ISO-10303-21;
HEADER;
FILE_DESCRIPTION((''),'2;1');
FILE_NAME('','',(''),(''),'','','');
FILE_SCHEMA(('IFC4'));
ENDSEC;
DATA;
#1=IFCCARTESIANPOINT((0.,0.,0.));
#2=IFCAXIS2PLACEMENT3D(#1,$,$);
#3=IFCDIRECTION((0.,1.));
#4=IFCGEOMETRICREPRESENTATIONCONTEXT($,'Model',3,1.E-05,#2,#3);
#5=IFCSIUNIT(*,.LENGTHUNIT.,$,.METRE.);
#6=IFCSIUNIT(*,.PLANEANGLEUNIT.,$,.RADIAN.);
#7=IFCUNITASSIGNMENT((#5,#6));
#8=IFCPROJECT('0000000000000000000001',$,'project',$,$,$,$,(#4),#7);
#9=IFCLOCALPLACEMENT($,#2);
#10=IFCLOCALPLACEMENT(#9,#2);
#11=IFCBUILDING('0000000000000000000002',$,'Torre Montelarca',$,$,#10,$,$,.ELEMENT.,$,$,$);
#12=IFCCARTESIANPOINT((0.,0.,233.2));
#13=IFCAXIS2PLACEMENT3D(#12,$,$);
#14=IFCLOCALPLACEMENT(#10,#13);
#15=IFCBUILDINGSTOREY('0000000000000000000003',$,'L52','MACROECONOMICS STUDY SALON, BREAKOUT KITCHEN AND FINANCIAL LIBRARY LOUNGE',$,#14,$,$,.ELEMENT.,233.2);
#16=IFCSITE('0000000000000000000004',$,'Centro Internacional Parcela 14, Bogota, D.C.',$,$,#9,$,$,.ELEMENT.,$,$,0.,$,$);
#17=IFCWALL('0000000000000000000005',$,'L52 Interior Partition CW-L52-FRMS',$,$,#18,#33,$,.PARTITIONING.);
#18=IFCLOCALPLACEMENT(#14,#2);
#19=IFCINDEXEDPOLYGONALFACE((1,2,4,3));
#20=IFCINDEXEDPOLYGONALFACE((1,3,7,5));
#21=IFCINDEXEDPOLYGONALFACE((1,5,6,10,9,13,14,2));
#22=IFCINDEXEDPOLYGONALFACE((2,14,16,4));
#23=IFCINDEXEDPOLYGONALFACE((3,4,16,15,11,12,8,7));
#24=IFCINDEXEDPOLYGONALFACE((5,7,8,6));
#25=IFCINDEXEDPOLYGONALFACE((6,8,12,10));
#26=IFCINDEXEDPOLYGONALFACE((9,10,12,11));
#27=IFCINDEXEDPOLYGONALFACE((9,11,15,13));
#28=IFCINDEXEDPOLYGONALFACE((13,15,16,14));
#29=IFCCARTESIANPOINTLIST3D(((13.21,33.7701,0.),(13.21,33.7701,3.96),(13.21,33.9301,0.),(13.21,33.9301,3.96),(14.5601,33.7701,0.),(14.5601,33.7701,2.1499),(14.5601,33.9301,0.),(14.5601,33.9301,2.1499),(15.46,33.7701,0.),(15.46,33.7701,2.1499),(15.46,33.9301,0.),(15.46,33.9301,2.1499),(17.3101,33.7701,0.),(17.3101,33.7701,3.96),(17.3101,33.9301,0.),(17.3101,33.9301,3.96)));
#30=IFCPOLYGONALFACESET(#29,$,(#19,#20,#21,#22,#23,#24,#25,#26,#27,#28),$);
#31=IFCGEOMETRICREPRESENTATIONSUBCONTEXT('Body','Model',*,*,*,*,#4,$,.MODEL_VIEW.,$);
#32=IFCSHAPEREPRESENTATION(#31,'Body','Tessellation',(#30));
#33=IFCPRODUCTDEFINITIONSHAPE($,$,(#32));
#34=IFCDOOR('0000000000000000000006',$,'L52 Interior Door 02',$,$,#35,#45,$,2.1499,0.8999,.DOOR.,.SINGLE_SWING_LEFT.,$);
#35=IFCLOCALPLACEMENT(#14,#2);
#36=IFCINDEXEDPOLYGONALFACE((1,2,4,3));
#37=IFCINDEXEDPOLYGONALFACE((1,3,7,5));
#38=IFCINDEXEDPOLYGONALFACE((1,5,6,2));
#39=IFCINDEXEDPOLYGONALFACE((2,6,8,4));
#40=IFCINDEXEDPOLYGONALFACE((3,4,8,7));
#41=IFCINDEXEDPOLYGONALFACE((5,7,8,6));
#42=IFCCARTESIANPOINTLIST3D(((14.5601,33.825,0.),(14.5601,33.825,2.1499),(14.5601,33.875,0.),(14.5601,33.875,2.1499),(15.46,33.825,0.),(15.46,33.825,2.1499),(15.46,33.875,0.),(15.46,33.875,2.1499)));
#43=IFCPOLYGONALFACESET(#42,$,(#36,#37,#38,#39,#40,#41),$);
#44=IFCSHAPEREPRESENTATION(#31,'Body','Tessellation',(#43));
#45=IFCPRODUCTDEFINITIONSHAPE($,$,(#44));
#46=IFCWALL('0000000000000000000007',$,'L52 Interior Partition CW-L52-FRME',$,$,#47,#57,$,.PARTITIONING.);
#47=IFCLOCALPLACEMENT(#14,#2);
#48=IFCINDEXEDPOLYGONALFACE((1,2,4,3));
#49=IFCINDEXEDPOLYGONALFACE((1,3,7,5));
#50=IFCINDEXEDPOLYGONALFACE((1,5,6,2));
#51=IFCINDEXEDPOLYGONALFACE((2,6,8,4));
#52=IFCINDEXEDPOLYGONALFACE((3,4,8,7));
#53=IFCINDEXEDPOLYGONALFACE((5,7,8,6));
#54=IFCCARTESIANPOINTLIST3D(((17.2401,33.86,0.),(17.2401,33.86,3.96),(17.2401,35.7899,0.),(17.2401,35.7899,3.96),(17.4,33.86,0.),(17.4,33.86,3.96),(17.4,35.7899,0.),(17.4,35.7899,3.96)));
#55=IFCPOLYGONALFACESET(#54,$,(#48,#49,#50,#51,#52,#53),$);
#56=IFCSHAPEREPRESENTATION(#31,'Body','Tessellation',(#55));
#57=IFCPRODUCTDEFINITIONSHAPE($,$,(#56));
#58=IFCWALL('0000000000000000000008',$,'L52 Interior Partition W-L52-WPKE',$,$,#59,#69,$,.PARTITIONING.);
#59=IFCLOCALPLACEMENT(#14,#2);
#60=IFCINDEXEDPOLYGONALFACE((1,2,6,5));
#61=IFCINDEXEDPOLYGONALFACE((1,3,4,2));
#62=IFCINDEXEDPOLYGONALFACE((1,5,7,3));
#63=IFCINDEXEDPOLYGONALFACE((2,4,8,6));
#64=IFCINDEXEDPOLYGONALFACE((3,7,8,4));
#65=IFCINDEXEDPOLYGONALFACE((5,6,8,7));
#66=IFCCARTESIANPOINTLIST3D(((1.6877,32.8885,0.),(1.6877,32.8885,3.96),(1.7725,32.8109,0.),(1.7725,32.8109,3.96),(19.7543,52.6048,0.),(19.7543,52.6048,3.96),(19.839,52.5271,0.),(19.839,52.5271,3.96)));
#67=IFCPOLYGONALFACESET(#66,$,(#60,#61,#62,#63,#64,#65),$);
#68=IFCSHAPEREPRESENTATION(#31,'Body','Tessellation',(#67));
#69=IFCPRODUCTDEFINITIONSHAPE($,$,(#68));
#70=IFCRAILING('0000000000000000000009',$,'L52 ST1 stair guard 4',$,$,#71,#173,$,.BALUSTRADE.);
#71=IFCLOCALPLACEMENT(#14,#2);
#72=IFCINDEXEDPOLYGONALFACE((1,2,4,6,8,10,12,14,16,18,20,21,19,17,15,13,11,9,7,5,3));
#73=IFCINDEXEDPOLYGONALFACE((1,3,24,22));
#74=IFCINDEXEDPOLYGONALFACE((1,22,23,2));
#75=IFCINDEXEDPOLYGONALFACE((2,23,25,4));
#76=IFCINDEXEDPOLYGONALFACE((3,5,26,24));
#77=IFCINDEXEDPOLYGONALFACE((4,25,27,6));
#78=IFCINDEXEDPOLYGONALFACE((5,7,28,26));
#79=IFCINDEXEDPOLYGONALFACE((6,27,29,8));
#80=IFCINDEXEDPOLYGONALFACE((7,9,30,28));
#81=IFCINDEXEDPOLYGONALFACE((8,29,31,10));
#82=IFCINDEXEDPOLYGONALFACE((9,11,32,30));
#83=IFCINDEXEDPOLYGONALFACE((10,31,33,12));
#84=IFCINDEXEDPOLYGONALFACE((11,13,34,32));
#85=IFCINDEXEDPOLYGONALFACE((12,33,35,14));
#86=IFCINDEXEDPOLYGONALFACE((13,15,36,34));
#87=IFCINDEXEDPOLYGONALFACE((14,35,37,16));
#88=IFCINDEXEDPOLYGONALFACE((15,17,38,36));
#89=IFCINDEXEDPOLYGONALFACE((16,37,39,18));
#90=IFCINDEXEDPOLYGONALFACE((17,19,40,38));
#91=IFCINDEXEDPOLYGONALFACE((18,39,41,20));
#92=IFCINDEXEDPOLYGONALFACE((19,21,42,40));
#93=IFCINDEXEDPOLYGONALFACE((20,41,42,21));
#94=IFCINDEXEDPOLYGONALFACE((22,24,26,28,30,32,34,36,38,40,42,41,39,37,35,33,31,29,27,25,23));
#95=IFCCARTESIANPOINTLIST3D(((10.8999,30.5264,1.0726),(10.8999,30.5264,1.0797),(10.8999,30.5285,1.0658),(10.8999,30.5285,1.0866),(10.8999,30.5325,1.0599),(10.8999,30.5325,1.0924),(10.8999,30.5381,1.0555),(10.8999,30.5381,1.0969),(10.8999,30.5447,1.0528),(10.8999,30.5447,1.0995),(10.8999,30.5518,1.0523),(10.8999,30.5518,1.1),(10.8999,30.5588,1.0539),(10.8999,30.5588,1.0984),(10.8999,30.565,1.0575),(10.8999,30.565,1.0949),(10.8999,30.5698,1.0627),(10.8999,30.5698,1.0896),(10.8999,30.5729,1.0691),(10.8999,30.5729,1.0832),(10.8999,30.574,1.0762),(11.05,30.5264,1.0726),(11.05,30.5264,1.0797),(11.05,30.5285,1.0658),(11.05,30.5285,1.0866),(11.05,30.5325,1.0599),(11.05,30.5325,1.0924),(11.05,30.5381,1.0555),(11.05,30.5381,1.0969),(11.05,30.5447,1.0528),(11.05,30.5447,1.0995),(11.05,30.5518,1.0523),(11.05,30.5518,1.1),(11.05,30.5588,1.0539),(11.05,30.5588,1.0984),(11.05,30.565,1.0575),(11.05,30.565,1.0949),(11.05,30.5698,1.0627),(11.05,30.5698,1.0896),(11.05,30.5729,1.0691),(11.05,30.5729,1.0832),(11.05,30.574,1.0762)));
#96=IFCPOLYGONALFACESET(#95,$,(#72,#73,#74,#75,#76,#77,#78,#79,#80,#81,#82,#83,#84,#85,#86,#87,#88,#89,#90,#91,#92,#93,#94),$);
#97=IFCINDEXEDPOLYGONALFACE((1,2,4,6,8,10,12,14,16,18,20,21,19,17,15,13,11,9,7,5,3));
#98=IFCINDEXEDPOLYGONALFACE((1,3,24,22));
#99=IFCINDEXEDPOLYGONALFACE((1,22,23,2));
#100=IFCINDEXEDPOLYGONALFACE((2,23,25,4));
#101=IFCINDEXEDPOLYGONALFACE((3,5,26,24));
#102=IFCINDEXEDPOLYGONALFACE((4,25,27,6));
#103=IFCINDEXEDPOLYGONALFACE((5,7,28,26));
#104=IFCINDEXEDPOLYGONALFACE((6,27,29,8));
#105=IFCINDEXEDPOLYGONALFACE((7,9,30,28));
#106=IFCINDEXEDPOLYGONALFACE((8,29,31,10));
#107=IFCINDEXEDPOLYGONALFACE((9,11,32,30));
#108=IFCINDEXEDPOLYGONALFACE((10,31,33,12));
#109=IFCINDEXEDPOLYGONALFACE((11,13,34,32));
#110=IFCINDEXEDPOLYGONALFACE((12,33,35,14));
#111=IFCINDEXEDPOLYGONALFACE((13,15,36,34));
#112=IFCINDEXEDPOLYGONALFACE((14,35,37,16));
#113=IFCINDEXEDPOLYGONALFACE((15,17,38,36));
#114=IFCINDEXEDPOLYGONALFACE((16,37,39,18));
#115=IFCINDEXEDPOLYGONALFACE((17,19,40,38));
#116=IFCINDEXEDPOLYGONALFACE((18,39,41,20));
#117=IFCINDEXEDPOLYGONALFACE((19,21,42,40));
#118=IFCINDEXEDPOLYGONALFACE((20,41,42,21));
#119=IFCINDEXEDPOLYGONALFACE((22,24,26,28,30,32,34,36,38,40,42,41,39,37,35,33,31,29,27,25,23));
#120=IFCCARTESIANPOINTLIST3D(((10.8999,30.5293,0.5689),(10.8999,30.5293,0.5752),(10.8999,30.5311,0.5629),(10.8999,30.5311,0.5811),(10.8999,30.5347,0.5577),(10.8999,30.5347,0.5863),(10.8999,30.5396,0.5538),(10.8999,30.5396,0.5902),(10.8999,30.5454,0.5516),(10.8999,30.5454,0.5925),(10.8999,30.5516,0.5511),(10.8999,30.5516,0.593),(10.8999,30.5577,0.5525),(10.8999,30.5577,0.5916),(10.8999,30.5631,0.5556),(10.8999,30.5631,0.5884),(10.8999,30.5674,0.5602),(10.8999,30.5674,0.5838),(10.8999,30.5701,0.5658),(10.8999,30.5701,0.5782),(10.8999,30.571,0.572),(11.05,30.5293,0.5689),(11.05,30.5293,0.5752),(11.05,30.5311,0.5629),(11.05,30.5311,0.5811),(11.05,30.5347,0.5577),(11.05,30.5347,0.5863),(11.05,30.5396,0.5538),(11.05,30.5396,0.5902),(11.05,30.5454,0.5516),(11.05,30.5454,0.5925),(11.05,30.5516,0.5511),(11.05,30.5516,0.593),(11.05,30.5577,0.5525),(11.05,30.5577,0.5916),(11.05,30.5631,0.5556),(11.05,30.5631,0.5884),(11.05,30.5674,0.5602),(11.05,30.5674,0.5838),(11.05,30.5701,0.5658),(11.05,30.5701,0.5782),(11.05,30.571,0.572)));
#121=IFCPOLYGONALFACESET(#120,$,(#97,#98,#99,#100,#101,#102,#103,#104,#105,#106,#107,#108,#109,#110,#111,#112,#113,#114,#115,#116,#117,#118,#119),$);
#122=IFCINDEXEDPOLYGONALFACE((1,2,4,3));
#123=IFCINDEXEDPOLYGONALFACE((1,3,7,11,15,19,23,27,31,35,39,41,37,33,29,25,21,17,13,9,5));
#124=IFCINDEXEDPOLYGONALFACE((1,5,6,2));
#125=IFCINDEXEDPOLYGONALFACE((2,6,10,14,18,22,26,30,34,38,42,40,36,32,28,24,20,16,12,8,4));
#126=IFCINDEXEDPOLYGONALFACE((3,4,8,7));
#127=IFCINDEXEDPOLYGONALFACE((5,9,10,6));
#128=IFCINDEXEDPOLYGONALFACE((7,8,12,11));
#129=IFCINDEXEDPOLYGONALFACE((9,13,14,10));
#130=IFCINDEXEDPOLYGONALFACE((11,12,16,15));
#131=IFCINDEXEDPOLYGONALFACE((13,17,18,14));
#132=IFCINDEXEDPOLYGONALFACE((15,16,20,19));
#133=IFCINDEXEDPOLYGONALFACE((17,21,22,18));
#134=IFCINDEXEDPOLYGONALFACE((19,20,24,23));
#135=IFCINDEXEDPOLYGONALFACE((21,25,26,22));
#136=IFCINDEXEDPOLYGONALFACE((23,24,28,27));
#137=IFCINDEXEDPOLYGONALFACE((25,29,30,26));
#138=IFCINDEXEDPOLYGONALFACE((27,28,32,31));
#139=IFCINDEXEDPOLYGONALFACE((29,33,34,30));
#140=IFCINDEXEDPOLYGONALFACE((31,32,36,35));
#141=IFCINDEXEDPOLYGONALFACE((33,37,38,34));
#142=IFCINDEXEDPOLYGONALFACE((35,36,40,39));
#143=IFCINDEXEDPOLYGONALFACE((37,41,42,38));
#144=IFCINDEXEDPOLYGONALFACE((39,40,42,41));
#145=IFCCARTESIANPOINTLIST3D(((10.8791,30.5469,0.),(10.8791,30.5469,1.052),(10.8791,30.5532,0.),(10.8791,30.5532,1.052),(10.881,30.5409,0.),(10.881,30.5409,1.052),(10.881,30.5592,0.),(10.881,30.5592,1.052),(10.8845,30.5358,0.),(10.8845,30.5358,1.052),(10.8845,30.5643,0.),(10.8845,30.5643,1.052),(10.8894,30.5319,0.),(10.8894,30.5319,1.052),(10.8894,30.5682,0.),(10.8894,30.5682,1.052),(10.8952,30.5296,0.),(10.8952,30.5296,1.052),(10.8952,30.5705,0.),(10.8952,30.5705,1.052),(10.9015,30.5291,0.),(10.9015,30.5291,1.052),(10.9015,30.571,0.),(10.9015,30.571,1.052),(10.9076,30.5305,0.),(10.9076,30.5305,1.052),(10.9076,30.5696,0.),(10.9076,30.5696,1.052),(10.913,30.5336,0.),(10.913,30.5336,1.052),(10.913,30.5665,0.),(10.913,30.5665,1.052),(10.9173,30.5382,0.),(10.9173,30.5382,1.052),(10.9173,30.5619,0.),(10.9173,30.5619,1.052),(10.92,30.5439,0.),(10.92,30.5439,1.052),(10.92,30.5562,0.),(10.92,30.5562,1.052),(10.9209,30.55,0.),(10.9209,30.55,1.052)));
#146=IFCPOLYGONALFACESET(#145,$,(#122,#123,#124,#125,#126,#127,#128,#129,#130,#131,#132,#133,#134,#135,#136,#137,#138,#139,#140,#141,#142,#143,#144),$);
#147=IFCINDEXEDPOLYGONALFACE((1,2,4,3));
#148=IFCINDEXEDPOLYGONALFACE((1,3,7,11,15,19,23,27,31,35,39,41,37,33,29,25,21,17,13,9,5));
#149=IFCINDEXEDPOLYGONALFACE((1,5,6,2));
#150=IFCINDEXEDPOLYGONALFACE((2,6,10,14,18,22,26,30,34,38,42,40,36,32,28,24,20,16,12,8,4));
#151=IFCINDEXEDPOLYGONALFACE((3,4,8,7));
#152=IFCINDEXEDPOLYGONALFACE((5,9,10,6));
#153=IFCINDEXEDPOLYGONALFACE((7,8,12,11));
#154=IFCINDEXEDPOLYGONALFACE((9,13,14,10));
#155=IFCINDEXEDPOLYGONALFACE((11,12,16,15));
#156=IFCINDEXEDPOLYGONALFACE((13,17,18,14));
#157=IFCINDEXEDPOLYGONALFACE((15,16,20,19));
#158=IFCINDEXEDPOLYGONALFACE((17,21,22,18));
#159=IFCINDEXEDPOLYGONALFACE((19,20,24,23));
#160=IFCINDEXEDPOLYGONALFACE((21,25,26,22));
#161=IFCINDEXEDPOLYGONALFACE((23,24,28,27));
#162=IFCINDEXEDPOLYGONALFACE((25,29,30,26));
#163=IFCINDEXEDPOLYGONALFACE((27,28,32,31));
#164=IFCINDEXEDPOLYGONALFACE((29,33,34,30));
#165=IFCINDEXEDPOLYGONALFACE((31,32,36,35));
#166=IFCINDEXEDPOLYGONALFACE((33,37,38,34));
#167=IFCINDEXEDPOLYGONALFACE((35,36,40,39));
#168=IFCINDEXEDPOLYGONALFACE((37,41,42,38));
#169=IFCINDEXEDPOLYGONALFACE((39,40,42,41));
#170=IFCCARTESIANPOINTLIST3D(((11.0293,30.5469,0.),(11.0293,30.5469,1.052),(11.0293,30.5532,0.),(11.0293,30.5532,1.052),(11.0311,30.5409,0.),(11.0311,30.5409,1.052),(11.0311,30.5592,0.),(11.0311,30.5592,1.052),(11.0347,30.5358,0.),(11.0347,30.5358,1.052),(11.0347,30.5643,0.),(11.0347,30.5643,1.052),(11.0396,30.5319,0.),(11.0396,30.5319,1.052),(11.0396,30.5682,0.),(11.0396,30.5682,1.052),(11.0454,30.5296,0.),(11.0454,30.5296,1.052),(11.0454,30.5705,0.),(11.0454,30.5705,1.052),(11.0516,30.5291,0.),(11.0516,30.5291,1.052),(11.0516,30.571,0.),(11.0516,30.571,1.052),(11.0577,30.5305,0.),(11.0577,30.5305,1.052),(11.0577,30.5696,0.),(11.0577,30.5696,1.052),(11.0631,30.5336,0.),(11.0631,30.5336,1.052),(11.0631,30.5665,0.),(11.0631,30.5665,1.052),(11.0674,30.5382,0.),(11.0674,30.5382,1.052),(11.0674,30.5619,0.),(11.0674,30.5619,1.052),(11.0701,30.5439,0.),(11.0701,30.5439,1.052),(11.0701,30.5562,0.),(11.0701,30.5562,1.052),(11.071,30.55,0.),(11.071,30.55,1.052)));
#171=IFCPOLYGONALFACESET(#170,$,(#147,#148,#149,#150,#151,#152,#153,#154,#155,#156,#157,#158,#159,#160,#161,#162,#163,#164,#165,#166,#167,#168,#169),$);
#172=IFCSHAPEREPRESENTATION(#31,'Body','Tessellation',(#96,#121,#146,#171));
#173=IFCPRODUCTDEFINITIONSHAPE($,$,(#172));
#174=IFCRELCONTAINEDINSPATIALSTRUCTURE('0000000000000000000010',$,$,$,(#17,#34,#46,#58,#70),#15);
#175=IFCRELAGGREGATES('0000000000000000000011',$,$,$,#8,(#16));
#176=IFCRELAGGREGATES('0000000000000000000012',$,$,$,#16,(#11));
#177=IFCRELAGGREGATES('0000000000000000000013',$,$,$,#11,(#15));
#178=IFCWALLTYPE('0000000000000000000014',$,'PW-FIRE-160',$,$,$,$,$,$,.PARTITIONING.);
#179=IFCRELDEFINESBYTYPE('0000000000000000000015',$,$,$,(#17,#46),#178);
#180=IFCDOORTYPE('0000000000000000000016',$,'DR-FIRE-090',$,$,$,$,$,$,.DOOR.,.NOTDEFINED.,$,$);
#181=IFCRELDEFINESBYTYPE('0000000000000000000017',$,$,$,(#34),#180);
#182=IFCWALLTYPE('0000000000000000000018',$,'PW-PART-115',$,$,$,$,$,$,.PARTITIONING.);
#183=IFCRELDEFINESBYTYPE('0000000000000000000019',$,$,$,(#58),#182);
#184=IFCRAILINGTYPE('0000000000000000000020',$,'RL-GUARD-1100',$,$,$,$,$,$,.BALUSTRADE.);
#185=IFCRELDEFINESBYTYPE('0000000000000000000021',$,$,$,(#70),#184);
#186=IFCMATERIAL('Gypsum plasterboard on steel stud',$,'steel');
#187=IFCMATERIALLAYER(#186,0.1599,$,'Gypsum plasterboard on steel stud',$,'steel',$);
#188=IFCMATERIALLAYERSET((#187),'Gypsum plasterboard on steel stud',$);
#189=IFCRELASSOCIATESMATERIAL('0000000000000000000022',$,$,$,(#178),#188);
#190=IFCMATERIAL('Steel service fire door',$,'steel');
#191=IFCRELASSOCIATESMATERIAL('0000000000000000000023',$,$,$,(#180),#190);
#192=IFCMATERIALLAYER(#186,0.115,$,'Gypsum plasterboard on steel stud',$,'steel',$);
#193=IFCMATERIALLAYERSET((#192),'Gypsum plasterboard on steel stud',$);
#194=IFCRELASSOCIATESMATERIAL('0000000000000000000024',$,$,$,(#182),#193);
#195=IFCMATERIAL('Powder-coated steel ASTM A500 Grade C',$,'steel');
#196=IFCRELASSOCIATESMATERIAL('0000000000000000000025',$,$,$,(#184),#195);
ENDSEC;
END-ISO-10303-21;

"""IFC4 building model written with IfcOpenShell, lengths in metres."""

from ifc_helpers import new_model, si_unit, direction, frame, frame_2d, origin, origin_2d, place, context, subcontext, project, spatial, rectangle, circle, extrude, source, transform, mapped, material, layer, layer_set, type_object, element, fill, save


model = new_model("IFC4")

# Units and contexts
model_context = context("Model", 3, precision=1e-05, world=origin(), true_north=direction((0.0, 1.0)))
body_context = subcontext(model_context, "Body", "Model", "MODEL_VIEW")
ifc_project = project(units=[si_unit("LENGTHUNIT", "METRE"), si_unit("PLANEANGLEUNIT", "RADIAN")], contexts=[model_context])

# Site, building, storey
site_placement = place(None, origin())
site = spatial("IfcSite", under=ifc_project, at=site_placement, Name="Centro Internacional Parcela 14, Bogota, D.C.", CompositionType="ELEMENT", RefElevation=0.0)
building_placement = place(site_placement, origin())
building = spatial("IfcBuilding", under=site, at=building_placement, Name="Torre Montelarca", CompositionType="ELEMENT")
storey_placement = place(building_placement, frame((0.0, 0.0, 233.2)))
storey = spatial("IfcBuildingStorey", under=building, at=storey_placement, Name="L52", Description="MACROECONOMICS STUDY SALON, BREAKOUT KITCHEN AND FINANCIAL LIBRARY LOUNGE", CompositionType="ELEMENT", Elevation=233.2)

# Shared definitions
ifc_material_1 = material(Name="Gypsum plasterboard on steel stud", Category="steel")
ifc_layer_1 = layer(ifc_material_1, 0.1599, Name="Gypsum plasterboard on steel stud", Category="steel")
ifc_layer_set_1 = layer_set([ifc_layer_1], Name="Gypsum plasterboard on steel stud")
wall_type_1 = type_object("IfcWallType", Name="PW-FIRE-160", PredefinedType="PARTITIONING", material=ifc_layer_set_1)
ifc_material_2 = material(Name="Steel service fire door", Category="steel")
door_type_1 = type_object("IfcDoorType", Name="DR-FIRE-090", OperationType="NOTDEFINED", PredefinedType="DOOR", material=ifc_material_2)
shared_shape_1 = source(origin(), body_context, "Body", "SweptSolid", [
    extrude(rectangle(XDim=0.8999, YDim=2.1499, at=frame_2d((0.45, 1.075))), frame((0.0, 0.0249, 0.0), z_axis=(0.0, -1.0, 0.0), x_axis=(1.0, 0.0, 0.0)), (0.0, 0.0, 1.0), 0.05),
])

# Wall, opening, door
wall_1_placement = place(storey_placement, frame((13.21, 33.8501, 0.0), z_axis=(0.0, 0.0, 1.0), x_axis=(1.0, 0.0, 0.0)))
wall_1 = element("IfcWall", 1, at=wall_1_placement, inside=storey, type_object=wall_type_1, Name="L52 Interior Partition CW-L52-FRMS", PredefinedType="PARTITIONING", context=body_context, shape_type="SweptSolid", body=[
    extrude(rectangle(XDim=4.1001, YDim=0.1599, at=frame_2d((2.05, 0.0))), origin(), (0.0, 0.0, 1.0), 3.96),
])
opening_1_placement = place(wall_1_placement, frame((1.3501, 0.0, 0.0)))
opening_1 = element("IfcOpeningElement", 2, at=opening_1_placement, cuts=wall_1, PredefinedType="OPENING", context=body_context, shape_type="SweptSolid", body=[
    extrude(rectangle(XDim=0.8999, YDim=2.1499, at=frame_2d((0.45, 1.075))), frame((0.0, 0.0898, 0.0), z_axis=(0.0, -1.0, 0.0), x_axis=(1.0, 0.0, 0.0)), (0.0, 0.0, 1.0), 0.1799),
])
door_1_placement = place(opening_1_placement, origin())
door_1 = element("IfcDoor", 3, at=door_1_placement, inside=storey, type_object=door_type_1, Name="L52 Interior Door 02", OperationType="SINGLE_SWING_LEFT", OverallHeight=2.1499, OverallWidth=0.8999, PredefinedType="DOOR", context=body_context, shape_type="MappedRepresentation", body=[
    mapped(shared_shape_1, transform((0.0, 0.0, 0.0), scale=1.0)),
])
fill(opening_1, door_1)

# Walls
wall_2_placement = place(storey_placement, frame((17.3201, 33.8601, 0.0), z_axis=(0.0, 0.0, 1.0), x_axis=(0.0, 1.0, 0.0)))
element("IfcWall", 4, at=wall_2_placement, inside=storey, type_object=wall_type_1, Name="L52 Interior Partition CW-L52-FRME", PredefinedType="PARTITIONING", context=body_context, shape_type="SweptSolid", body=[
    extrude(rectangle(XDim=1.9299, YDim=0.1599, at=frame_2d((0.9648, 0.0))), origin(), (0.0, 0.0, 1.0), 3.96),
])
ifc_layer_2 = layer(ifc_material_1, 0.115, Name="Gypsum plasterboard on steel stud", Category="steel")
ifc_layer_set_2 = layer_set([ifc_layer_2], Name="Gypsum plasterboard on steel stud")
wall_type_2 = type_object("IfcWallType", Name="PW-PART-115", PredefinedType="PARTITIONING", material=ifc_layer_set_2)
wall_3_placement = place(storey_placement, frame((1.73, 32.8496, 0.0), z_axis=(0.0, 0.0, 1.0), x_axis=(0.67559, 0.737278, 0.0)))
element("IfcWall", 5, at=wall_3_placement, inside=storey, type_object=wall_type_2, Name="L52 Interior Partition W-L52-WPKE", PredefinedType="PARTITIONING", context=body_context, shape_type="SweptSolid", body=[
    extrude(rectangle(XDim=26.7419, YDim=0.115, at=frame_2d((13.3711, 0.0))), origin(), (0.0, 0.0, 1.0), 3.96),
])

# Railing
ifc_material_3 = material(Name="Powder-coated steel ASTM A500 Grade C", Category="steel")
railing_type = type_object("IfcRailingType", Name="RL-GUARD-1100", PredefinedType="BALUSTRADE", material=ifc_material_3)
railing_placement = place(storey_placement, frame((10.8999, 30.55, 0.0)))
element("IfcRailing", 6, at=railing_placement, inside=storey, type_object=railing_type, Name="L52 ST1 stair guard 4", PredefinedType="BALUSTRADE", context=body_context, shape_type="SweptSolid", body=[
    extrude(circle(Radius=0.0239, at=origin_2d()), frame((0.0, 0.0, 1.0762), z_axis=(1.0, 0.0, 0.0), x_axis=(0.0, 1.0, 0.0)), (0.0, 0.0, 1.0), 0.1501),
    extrude(circle(Radius=0.021, at=origin_2d()), frame((0.0, 0.0, 0.572), z_axis=(1.0, 0.0, 0.0), x_axis=(0.0, 1.0, 0.0)), (0.0, 0.0, 1.0), 0.1501),
    extrude(circle(Radius=0.021, at=origin_2d()), origin(), (0.0, 0.0, 1.0), 1.052),
    extrude(circle(Radius=0.021, at=origin_2d()), frame((0.1501, 0.0, 0.0)), (0.0, 0.0, 1.0), 1.052),
])

save(model, "model.ifc")
